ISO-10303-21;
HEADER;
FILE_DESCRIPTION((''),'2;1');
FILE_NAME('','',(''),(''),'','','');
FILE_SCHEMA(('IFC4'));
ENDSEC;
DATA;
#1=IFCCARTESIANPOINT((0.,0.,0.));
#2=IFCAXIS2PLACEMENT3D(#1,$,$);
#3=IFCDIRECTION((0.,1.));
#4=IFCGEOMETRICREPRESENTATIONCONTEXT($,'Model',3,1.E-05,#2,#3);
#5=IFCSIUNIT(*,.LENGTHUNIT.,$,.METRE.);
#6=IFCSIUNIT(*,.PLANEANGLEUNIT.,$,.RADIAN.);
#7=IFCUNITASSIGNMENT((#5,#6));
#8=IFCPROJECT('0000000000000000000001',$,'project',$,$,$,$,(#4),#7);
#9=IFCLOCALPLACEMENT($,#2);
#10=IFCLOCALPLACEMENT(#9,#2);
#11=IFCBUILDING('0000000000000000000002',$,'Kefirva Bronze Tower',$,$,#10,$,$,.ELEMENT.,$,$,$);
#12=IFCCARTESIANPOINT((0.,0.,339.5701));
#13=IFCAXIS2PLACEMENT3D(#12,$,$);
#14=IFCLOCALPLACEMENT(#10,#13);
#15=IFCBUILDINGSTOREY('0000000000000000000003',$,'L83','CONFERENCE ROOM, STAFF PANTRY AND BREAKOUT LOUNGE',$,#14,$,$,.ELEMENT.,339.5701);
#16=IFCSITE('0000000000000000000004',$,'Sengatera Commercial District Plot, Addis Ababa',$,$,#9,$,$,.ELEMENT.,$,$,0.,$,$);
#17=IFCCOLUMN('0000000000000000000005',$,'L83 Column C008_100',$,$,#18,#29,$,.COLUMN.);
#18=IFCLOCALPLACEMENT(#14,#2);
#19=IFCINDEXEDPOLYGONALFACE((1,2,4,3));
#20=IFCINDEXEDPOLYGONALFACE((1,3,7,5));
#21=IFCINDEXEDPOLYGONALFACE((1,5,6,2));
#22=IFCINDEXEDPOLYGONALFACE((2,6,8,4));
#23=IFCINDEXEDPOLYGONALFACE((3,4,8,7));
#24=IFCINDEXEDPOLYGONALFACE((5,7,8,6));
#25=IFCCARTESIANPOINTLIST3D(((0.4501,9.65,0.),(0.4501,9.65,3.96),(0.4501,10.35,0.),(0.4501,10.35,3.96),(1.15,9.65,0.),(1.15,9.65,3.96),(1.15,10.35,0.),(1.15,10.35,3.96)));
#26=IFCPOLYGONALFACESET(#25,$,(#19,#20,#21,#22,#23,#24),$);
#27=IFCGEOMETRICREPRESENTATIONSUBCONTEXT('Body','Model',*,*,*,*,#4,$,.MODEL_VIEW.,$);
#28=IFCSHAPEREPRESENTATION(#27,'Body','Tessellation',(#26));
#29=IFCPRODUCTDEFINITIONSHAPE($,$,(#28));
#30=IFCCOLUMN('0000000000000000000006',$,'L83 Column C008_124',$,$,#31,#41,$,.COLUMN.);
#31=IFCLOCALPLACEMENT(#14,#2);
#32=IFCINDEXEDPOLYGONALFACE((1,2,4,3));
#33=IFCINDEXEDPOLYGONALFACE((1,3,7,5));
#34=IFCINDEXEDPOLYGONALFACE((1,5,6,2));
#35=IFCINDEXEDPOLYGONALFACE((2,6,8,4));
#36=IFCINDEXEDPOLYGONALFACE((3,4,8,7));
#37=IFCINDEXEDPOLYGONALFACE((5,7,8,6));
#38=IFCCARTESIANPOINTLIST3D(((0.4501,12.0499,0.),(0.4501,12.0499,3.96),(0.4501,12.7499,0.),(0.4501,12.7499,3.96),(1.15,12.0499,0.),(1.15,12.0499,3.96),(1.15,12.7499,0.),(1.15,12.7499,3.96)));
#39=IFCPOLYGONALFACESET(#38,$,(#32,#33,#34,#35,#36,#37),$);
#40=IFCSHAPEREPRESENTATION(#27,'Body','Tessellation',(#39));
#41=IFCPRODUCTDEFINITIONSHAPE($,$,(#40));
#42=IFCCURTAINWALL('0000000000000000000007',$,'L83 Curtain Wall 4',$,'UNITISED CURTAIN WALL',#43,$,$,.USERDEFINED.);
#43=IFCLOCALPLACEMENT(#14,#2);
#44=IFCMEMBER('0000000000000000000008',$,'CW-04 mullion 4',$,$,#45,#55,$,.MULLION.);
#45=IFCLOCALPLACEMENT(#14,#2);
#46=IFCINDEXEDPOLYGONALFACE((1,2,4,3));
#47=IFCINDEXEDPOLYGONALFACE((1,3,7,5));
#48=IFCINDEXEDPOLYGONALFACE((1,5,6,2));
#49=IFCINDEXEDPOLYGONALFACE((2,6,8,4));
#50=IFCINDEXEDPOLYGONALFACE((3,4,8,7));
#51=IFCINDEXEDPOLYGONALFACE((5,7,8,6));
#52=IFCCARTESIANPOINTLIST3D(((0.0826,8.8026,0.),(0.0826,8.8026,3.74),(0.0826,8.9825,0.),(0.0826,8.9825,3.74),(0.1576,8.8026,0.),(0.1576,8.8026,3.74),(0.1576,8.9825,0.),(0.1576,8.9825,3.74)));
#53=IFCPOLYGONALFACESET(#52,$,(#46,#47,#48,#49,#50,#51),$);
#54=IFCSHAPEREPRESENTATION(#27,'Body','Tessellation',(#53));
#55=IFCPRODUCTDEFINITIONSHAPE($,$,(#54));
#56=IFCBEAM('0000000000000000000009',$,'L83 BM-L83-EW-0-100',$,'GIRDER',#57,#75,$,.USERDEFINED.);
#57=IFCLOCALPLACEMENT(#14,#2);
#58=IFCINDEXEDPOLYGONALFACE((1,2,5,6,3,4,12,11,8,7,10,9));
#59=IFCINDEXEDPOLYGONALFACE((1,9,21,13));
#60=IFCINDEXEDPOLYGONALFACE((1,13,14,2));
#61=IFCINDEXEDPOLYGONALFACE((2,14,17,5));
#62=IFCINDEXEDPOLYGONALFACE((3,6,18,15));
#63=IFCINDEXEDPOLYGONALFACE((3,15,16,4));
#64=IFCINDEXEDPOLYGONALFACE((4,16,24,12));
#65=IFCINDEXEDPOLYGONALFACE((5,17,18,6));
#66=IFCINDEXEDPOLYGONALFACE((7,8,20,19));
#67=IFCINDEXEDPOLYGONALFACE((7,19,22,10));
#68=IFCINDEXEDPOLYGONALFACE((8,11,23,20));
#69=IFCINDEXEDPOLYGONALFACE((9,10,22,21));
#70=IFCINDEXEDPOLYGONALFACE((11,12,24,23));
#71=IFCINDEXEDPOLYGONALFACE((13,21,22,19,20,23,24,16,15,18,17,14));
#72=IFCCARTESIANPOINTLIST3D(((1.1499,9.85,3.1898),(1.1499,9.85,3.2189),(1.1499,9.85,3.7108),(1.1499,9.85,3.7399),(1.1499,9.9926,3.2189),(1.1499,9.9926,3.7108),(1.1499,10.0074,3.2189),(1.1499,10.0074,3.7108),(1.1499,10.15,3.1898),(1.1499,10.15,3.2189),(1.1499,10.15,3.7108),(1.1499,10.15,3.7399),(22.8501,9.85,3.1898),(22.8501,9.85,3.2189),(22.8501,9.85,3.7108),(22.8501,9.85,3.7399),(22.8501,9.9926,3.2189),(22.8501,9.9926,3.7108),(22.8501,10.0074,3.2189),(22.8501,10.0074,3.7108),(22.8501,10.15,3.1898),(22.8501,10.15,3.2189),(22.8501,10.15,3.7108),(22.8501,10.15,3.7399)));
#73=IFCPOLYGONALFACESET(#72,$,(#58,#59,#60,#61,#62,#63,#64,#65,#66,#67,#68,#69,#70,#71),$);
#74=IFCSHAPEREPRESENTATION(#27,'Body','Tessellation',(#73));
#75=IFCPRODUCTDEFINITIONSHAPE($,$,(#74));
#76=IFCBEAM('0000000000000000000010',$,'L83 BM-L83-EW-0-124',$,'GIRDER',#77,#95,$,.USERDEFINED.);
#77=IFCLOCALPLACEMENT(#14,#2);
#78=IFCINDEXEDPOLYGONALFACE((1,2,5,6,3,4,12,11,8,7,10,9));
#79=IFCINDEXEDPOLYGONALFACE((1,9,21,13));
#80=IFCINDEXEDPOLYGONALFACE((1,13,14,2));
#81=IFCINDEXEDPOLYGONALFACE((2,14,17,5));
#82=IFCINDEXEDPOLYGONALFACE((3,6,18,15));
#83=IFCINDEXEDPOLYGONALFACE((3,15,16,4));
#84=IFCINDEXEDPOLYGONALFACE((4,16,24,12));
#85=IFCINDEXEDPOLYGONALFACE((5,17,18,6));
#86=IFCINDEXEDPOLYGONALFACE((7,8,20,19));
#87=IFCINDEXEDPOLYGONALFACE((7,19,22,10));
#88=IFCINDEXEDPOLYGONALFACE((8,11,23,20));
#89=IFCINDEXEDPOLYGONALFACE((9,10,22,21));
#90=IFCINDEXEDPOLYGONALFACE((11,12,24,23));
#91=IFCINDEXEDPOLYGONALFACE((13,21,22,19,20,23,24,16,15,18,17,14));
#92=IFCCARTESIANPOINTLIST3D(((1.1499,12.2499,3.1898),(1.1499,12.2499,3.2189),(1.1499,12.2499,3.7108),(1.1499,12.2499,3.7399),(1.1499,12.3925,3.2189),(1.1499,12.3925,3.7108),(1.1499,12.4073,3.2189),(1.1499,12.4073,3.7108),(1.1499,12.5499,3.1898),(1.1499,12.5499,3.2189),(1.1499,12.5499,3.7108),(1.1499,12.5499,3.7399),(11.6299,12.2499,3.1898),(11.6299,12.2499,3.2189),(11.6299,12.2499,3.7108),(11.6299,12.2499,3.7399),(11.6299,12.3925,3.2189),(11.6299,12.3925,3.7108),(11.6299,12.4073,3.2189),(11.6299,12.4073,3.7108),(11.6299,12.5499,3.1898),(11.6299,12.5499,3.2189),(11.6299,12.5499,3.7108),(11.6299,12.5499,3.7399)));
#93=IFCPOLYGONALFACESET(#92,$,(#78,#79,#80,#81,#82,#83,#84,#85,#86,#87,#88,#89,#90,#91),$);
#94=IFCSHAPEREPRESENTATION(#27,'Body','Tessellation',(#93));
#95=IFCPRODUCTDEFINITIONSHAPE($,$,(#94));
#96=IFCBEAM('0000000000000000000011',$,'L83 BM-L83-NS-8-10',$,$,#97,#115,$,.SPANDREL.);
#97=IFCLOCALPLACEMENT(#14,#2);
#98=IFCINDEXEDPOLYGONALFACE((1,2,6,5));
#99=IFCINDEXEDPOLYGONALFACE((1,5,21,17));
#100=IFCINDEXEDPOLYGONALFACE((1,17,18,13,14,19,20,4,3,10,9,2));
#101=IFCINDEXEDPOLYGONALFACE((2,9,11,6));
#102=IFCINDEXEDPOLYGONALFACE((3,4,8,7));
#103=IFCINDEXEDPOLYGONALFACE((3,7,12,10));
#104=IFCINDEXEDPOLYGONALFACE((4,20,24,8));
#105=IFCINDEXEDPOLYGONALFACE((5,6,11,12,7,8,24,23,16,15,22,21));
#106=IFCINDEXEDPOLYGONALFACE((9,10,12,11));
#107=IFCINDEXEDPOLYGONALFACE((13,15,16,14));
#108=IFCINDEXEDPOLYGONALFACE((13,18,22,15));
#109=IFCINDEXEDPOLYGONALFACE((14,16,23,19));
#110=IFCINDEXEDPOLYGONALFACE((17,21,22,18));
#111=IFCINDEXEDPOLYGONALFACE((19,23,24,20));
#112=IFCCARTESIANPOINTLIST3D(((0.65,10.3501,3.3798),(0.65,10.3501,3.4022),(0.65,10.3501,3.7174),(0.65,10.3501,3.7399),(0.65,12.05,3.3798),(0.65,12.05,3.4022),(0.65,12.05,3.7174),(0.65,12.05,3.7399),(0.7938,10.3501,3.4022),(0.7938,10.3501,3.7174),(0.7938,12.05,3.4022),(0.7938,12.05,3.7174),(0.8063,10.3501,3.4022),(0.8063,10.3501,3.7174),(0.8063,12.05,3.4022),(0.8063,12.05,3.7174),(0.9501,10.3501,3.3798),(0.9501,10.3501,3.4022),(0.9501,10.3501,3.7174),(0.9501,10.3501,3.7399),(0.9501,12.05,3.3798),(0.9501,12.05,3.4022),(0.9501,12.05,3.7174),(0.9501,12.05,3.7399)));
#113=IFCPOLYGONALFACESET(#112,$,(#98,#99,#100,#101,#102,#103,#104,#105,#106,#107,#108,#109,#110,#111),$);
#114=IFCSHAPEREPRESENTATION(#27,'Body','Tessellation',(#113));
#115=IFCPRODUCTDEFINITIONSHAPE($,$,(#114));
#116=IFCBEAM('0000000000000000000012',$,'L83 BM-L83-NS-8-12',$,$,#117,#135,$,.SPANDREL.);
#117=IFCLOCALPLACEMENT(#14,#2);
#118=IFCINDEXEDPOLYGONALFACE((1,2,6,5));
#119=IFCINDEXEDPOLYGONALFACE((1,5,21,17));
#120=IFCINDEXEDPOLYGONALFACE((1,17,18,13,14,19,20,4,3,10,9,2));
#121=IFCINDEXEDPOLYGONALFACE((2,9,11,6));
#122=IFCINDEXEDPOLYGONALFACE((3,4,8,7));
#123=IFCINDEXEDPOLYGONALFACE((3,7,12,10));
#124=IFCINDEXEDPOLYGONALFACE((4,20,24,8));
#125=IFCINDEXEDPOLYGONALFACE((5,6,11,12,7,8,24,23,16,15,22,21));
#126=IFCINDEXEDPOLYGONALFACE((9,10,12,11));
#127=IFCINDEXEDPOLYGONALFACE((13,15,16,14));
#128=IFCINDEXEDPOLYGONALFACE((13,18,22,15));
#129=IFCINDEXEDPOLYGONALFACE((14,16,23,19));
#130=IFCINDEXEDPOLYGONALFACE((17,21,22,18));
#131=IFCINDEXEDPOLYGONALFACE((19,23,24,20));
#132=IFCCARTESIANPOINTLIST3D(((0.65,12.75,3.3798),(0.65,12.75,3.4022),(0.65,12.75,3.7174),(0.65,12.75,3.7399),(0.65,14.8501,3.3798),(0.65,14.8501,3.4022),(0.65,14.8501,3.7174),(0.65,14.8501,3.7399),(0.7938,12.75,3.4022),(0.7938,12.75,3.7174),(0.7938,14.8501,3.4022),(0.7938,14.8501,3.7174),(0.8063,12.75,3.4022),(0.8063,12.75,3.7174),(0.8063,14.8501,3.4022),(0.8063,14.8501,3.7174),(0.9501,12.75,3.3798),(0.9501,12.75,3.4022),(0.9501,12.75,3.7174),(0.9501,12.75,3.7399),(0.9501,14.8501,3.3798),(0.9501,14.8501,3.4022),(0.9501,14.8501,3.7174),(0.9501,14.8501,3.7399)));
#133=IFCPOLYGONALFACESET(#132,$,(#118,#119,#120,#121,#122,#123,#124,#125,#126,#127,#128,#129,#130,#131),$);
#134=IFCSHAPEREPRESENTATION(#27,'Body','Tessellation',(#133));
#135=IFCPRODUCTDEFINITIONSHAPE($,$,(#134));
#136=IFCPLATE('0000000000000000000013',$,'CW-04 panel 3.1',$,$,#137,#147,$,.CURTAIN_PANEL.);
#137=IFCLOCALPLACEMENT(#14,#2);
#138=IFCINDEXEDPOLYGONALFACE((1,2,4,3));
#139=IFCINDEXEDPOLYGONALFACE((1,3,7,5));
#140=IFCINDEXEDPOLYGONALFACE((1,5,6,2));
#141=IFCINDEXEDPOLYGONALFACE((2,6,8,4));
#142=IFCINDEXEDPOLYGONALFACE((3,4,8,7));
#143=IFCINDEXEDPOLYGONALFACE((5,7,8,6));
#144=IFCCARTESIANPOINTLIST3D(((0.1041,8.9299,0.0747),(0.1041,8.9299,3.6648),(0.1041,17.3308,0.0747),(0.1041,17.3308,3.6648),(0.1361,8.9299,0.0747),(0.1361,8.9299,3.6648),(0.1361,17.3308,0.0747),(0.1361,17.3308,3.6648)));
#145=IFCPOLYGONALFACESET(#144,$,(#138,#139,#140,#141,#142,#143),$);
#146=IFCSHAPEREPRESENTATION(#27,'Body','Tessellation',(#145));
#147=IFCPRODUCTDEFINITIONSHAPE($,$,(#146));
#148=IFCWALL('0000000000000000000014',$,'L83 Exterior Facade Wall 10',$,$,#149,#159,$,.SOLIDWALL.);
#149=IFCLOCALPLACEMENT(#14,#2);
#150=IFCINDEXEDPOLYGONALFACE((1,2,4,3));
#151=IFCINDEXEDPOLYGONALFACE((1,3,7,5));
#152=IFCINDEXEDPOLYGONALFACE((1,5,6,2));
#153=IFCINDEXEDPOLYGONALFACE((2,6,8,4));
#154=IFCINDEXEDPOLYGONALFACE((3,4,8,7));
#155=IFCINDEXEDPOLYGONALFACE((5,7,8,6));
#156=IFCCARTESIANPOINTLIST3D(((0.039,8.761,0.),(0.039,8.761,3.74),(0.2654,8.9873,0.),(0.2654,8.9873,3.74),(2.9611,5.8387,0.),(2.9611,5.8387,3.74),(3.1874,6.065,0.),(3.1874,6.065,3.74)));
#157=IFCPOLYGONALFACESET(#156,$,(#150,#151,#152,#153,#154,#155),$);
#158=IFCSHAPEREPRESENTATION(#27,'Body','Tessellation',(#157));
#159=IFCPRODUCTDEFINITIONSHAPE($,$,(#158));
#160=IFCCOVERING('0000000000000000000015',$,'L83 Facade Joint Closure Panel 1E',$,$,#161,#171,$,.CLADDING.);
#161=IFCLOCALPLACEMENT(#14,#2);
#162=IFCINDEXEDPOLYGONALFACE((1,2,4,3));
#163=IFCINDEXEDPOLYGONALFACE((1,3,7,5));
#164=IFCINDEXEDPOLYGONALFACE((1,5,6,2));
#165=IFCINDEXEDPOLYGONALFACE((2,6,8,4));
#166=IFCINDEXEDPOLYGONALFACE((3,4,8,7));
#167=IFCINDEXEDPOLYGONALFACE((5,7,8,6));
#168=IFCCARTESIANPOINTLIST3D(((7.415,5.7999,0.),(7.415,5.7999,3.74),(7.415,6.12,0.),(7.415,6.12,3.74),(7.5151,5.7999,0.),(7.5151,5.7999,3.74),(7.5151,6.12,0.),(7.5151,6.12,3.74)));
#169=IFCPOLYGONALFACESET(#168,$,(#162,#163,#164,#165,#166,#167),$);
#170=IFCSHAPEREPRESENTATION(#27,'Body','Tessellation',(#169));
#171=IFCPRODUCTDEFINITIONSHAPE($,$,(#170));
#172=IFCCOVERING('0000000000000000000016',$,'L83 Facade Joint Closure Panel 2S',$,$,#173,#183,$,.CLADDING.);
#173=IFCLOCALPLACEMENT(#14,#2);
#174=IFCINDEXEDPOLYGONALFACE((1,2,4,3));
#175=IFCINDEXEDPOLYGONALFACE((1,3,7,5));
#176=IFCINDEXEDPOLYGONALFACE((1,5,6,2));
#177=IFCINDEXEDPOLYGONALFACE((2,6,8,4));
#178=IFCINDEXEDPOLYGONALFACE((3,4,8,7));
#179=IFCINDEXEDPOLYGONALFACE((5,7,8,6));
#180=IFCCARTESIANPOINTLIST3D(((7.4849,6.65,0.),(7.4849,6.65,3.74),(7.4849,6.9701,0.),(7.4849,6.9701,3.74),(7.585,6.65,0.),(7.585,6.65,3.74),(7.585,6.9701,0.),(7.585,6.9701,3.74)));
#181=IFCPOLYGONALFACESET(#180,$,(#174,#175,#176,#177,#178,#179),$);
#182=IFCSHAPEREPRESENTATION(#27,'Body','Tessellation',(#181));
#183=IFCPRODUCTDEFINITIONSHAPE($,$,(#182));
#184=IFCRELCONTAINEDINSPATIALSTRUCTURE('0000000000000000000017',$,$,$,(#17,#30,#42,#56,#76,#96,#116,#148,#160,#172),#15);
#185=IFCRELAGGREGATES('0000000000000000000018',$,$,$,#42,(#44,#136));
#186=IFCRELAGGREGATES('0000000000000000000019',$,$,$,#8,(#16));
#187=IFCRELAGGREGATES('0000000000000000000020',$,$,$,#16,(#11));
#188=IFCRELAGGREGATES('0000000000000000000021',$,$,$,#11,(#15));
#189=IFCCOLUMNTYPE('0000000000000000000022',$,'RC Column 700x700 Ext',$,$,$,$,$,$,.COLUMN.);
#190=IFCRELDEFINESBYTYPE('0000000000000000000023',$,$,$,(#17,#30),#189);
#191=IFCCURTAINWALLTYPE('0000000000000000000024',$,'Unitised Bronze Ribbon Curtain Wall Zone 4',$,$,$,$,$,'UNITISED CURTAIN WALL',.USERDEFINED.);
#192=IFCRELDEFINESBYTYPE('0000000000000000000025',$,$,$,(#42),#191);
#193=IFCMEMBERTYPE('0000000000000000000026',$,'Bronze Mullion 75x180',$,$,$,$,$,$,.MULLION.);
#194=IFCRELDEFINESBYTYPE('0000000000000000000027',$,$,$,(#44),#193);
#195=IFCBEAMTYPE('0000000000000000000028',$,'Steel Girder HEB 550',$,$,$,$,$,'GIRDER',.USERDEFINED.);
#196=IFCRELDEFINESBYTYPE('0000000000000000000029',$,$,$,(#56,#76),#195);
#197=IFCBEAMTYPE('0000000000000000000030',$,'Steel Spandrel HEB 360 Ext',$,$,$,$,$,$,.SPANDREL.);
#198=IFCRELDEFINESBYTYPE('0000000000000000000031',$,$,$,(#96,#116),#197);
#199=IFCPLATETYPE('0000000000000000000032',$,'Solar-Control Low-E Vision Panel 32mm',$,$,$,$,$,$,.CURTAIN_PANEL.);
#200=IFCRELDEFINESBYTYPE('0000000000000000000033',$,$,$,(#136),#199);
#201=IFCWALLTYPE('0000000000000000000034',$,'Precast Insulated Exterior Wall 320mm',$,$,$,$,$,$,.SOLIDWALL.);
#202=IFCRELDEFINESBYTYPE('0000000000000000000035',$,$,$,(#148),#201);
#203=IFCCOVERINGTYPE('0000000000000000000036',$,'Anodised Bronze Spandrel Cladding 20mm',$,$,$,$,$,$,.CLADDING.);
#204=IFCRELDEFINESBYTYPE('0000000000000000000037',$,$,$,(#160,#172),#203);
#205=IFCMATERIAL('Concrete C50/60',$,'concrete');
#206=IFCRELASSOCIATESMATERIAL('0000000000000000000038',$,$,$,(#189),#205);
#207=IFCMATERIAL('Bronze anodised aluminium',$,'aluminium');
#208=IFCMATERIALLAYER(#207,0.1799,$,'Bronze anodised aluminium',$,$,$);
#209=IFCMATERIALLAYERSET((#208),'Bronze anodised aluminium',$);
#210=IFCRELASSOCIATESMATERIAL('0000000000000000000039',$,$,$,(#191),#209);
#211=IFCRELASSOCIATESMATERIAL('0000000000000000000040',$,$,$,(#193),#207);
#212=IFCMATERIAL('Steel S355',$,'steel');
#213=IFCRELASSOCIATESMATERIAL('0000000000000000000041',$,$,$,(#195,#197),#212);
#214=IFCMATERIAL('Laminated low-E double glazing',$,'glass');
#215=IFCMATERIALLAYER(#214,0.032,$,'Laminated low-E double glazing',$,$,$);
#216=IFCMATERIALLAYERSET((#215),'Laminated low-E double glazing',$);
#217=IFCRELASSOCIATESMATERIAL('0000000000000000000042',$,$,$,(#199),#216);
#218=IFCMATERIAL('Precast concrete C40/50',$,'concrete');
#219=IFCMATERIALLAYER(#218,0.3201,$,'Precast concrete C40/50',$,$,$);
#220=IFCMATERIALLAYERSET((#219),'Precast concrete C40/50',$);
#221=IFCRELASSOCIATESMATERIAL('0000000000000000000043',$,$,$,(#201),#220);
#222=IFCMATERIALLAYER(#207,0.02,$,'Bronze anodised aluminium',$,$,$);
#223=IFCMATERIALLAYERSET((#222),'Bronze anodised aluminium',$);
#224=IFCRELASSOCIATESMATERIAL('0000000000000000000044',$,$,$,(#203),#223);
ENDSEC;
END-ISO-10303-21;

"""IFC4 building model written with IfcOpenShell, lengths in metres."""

from ifc_helpers import new_model, si_unit, direction, frame, frame_2d, origin, origin_2d, place, context, subcontext, project, spatial, rectangle, i_section, extrude, material, layer, layer_set, material_profile, profile_set, type_object, element, aggregate, save


model = new_model("IFC4")

# Units and contexts
model_context = context("Model", 3, precision=1e-05, world=origin(), true_north=direction((0.0, 1.0)))
body_context = subcontext(model_context, "Body", "Model", "MODEL_VIEW")
ifc_project = project(units=[si_unit("LENGTHUNIT", "METRE"), si_unit("PLANEANGLEUNIT", "RADIAN")], contexts=[model_context])

# Site, building, storey
site_placement = place(None, origin())
site = spatial("IfcSite", under=ifc_project, at=site_placement, Name="Sengatera Commercial District Plot, Addis Ababa", CompositionType="ELEMENT", RefElevation=0.0)
building_placement = place(site_placement, origin())
building = spatial("IfcBuilding", under=site, at=building_placement, Name="Kefirva Bronze Tower", CompositionType="ELEMENT")
storey_placement = place(building_placement, frame((0.0, 0.0, 339.5701)))
storey = spatial("IfcBuildingStorey", under=building, at=storey_placement, Name="L83", Description="CONFERENCE ROOM, STAFF PANTRY AND BREAKOUT LOUNGE", CompositionType="ELEMENT", Elevation=339.5701)

# Columns
ifc_material_1 = material(Name="Concrete C50/60", Category="concrete")
ifc_material_profile_1 = material_profile(ifc_material_1, rectangle(XDim=0.7, YDim=0.7, at=origin_2d()), Name="RC 700x700")
ifc_profile_set_1 = profile_set([ifc_material_profile_1], Name="Concrete C50/60")
column_type = type_object("IfcColumnType", Name="RC Column 700x700 Ext", PredefinedType="COLUMN", material=ifc_profile_set_1)
for number, where, z_axis, x_axis, name in (
    (1, (0.8, 10.0, 0.0), (0.0, 0.0, 1.0), (1.0, 0.0, 0.0), "L83 Column C008_100"),
    (2, (0.8, 12.3999, 0.0), (0.0, 0.0, 1.0), (1.0, 0.0, 0.0), "L83 Column C008_124"),
):
    element("IfcColumn", number, at=place(storey_placement, frame(where, z_axis=z_axis, x_axis=x_axis)), inside=storey, type_object=column_type, Name=name, PredefinedType="COLUMN", context=body_context, shape_type="SweptSolid", body=[
        extrude(rectangle(XDim=0.7, YDim=0.7, at=origin_2d()), origin(), (0.0, 0.0, 1.0), 3.96),
    ])

# Curtain wall, member
ifc_material_2 = material(Name="Bronze anodised aluminium", Category="aluminium")
ifc_layer_1 = layer(ifc_material_2, 0.1799, Name="Bronze anodised aluminium")
ifc_layer_set_1 = layer_set([ifc_layer_1], Name="Bronze anodised aluminium")
curtain_wall_type = type_object("IfcCurtainWallType", Name="Unitised Bronze Ribbon Curtain Wall Zone 4", ElementType="UNITISED CURTAIN WALL", PredefinedType="USERDEFINED", material=ifc_layer_set_1)
curtain_wall_placement = place(storey_placement, origin())
curtain_wall = element("IfcCurtainWall", 3, at=curtain_wall_placement, inside=storey, type_object=curtain_wall_type, Name="L83 Curtain Wall 4", ObjectType="UNITISED CURTAIN WALL", PredefinedType="USERDEFINED")
ifc_material_profile_2 = material_profile(ifc_material_2, rectangle(XDim=0.075, YDim=0.1799, at=origin_2d()), Name="ALU 75x180")
ifc_profile_set_2 = profile_set([ifc_material_profile_2], Name="Bronze anodised aluminium")
member_type = type_object("IfcMemberType", Name="Bronze Mullion 75x180", PredefinedType="MULLION", material=ifc_profile_set_2)
member_placement = place(storey_placement, frame((0.1201, 8.8926, 0.0), z_axis=(0.0, 0.0, 1.0), x_axis=(1.0, 0.0, 0.0)))
member = element("IfcMember", 4, at=member_placement, type_object=member_type, Name="CW-04 mullion 4", PredefinedType="MULLION", context=body_context, shape_type="SweptSolid", body=[
    extrude(rectangle(XDim=0.075, YDim=0.1799, at=origin_2d()), origin(), (0.0, 0.0, 1.0), 3.74),
])

# Beams
ifc_material_3 = material(Name="Steel S355", Category="steel")
ifc_material_profile_3 = material_profile(ifc_material_3, i_section(OverallWidth=0.3, OverallDepth=0.55, WebThickness=0.0149, FlangeThickness=0.0291, at=origin_2d()), Name="HEB 550")
ifc_profile_set_3 = profile_set([ifc_material_profile_3], Name="Steel S355")
beam_type_1 = type_object("IfcBeamType", Name="Steel Girder HEB 550", ElementType="GIRDER", PredefinedType="USERDEFINED", material=ifc_profile_set_3)
beam_1_placement = place(storey_placement, frame((1.1499, 10.0, 3.4648), z_axis=(1.0, 0.0, 0.0), x_axis=(0.0, 1.0, 0.0)))
element("IfcBeam", 5, at=beam_1_placement, inside=storey, type_object=beam_type_1, Name="L83 BM-L83-EW-0-100", ObjectType="GIRDER", PredefinedType="USERDEFINED", context=body_context, shape_type="SweptSolid", body=[
    extrude(i_section(OverallWidth=0.3, OverallDepth=0.55, WebThickness=0.0149, FlangeThickness=0.0291, at=origin_2d()), origin(), (0.0, 0.0, 1.0), 21.7002),
])
beam_2_placement = place(storey_placement, frame((1.1499, 12.3999, 3.4648), z_axis=(1.0, 0.0, 0.0), x_axis=(0.0, 1.0, 0.0)))
element("IfcBeam", 6, at=beam_2_placement, inside=storey, type_object=beam_type_1, Name="L83 BM-L83-EW-0-124", ObjectType="GIRDER", PredefinedType="USERDEFINED", context=body_context, shape_type="SweptSolid", body=[
    extrude(i_section(OverallWidth=0.3, OverallDepth=0.55, WebThickness=0.0149, FlangeThickness=0.0291, at=origin_2d()), origin(), (0.0, 0.0, 1.0), 10.48),
])
ifc_material_profile_4 = material_profile(ifc_material_3, i_section(OverallWidth=0.3, OverallDepth=0.3601, WebThickness=0.0125, FlangeThickness=0.0225, at=origin_2d()), Name="HEB 360")
ifc_profile_set_4 = profile_set([ifc_material_profile_4], Name="Steel S355")
beam_type_2 = type_object("IfcBeamType", Name="Steel Spandrel HEB 360 Ext", PredefinedType="SPANDREL", material=ifc_profile_set_4)
beam_3_placement = place(storey_placement, frame((0.8, 10.3501, 3.5598), z_axis=(0.0, 1.0, 0.0), x_axis=(-1.0, 0.0, 0.0)))
element("IfcBeam", 7, at=beam_3_placement, inside=storey, type_object=beam_type_2, Name="L83 BM-L83-NS-8-10", PredefinedType="SPANDREL", context=body_context, shape_type="SweptSolid", body=[
    extrude(i_section(OverallWidth=0.3, OverallDepth=0.3601, WebThickness=0.0125, FlangeThickness=0.0225, at=origin_2d()), origin(), (0.0, 0.0, 1.0), 1.7),
])
beam_4_placement = place(storey_placement, frame((0.8, 12.75, 3.5598), z_axis=(0.0, 1.0, 0.0), x_axis=(-1.0, 0.0, 0.0)))
element("IfcBeam", 8, at=beam_4_placement, inside=storey, type_object=beam_type_2, Name="L83 BM-L83-NS-8-12", PredefinedType="SPANDREL", context=body_context, shape_type="SweptSolid", body=[
    extrude(i_section(OverallWidth=0.3, OverallDepth=0.3601, WebThickness=0.0125, FlangeThickness=0.0225, at=origin_2d()), origin(), (0.0, 0.0, 1.0), 2.1001),
])

# Plate
ifc_material_4 = material(Name="Laminated low-E double glazing", Category="glass")
ifc_layer_2 = layer(ifc_material_4, 0.032, Name="Laminated low-E double glazing")
ifc_layer_set_2 = layer_set([ifc_layer_2], Name="Laminated low-E double glazing")
plate_type = type_object("IfcPlateType", Name="Solar-Control Low-E Vision Panel 32mm", PredefinedType="CURTAIN_PANEL", material=ifc_layer_set_2)
plate_placement = place(storey_placement, frame((0.1201, 13.1304, 0.0747), z_axis=(0.0, 0.0, 1.0), x_axis=(0.0, -1.0, 0.0)))
plate = element("IfcPlate", 9, at=plate_placement, type_object=plate_type, Name="CW-04 panel 3.1", PredefinedType="CURTAIN_PANEL", context=body_context, shape_type="SweptSolid", body=[
    extrude(rectangle(XDim=8.4009, YDim=0.032, at=origin_2d()), origin(), (0.0, 0.0, 1.0), 3.5901),
])
aggregate(curtain_wall, [member, plate])

# Wall
ifc_material_5 = material(Name="Precast concrete C40/50", Category="concrete")
ifc_layer_3 = layer(ifc_material_5, 0.3201, Name="Precast concrete C40/50")
ifc_layer_set_3 = layer_set([ifc_layer_3], Name="Precast concrete C40/50")
wall_type = type_object("IfcWallType", Name="Precast Insulated Exterior Wall 320mm", PredefinedType="SOLIDWALL", material=ifc_layer_set_3)
wall_placement = place(storey_placement, frame((0.1521, 8.8743, 0.0), z_axis=(0.0, 0.0, 1.0), x_axis=(0.707077, -0.707136, 0.0)))
element("IfcWall", 10, at=wall_placement, inside=storey, type_object=wall_type, Name="L83 Exterior Facade Wall 10", PredefinedType="SOLIDWALL", context=body_context, shape_type="SweptSolid", body=[
    extrude(rectangle(XDim=4.1326, YDim=0.3201, at=frame_2d((2.0664, 0.0))), origin(), (0.0, 0.0, 1.0), 3.74),
])

# Coverings
ifc_layer_4 = layer(ifc_material_2, 0.02, Name="Bronze anodised aluminium")
ifc_layer_set_4 = layer_set([ifc_layer_4], Name="Bronze anodised aluminium")
covering_type_1 = type_object("IfcCoveringType", Name="Anodised Bronze Spandrel Cladding 20mm", PredefinedType="CLADDING", material=ifc_layer_set_4)
for number, where, z_axis, x_axis, name in (
    (11, (7.4651, 5.96, 0.0), (0.0, 0.0, 1.0), (1.0, 0.0, 0.0), "L83 Facade Joint Closure Panel 1E"),
    (12, (7.5349, 6.8101, 0.0), (0.0, 0.0, 1.0), (1.0, 0.0, 0.0), "L83 Facade Joint Closure Panel 2S"),
):
    element("IfcCovering", number, at=place(storey_placement, frame(where, z_axis=z_axis, x_axis=x_axis)), inside=storey, type_object=covering_type_1, Name=name, PredefinedType="CLADDING", context=body_context, shape_type="SweptSolid", body=[
        extrude(rectangle(XDim=0.1001, YDim=0.3201, at=origin_2d()), origin(), (0.0, 0.0, 1.0), 3.74),
    ])

save(model, "model.ifc")
